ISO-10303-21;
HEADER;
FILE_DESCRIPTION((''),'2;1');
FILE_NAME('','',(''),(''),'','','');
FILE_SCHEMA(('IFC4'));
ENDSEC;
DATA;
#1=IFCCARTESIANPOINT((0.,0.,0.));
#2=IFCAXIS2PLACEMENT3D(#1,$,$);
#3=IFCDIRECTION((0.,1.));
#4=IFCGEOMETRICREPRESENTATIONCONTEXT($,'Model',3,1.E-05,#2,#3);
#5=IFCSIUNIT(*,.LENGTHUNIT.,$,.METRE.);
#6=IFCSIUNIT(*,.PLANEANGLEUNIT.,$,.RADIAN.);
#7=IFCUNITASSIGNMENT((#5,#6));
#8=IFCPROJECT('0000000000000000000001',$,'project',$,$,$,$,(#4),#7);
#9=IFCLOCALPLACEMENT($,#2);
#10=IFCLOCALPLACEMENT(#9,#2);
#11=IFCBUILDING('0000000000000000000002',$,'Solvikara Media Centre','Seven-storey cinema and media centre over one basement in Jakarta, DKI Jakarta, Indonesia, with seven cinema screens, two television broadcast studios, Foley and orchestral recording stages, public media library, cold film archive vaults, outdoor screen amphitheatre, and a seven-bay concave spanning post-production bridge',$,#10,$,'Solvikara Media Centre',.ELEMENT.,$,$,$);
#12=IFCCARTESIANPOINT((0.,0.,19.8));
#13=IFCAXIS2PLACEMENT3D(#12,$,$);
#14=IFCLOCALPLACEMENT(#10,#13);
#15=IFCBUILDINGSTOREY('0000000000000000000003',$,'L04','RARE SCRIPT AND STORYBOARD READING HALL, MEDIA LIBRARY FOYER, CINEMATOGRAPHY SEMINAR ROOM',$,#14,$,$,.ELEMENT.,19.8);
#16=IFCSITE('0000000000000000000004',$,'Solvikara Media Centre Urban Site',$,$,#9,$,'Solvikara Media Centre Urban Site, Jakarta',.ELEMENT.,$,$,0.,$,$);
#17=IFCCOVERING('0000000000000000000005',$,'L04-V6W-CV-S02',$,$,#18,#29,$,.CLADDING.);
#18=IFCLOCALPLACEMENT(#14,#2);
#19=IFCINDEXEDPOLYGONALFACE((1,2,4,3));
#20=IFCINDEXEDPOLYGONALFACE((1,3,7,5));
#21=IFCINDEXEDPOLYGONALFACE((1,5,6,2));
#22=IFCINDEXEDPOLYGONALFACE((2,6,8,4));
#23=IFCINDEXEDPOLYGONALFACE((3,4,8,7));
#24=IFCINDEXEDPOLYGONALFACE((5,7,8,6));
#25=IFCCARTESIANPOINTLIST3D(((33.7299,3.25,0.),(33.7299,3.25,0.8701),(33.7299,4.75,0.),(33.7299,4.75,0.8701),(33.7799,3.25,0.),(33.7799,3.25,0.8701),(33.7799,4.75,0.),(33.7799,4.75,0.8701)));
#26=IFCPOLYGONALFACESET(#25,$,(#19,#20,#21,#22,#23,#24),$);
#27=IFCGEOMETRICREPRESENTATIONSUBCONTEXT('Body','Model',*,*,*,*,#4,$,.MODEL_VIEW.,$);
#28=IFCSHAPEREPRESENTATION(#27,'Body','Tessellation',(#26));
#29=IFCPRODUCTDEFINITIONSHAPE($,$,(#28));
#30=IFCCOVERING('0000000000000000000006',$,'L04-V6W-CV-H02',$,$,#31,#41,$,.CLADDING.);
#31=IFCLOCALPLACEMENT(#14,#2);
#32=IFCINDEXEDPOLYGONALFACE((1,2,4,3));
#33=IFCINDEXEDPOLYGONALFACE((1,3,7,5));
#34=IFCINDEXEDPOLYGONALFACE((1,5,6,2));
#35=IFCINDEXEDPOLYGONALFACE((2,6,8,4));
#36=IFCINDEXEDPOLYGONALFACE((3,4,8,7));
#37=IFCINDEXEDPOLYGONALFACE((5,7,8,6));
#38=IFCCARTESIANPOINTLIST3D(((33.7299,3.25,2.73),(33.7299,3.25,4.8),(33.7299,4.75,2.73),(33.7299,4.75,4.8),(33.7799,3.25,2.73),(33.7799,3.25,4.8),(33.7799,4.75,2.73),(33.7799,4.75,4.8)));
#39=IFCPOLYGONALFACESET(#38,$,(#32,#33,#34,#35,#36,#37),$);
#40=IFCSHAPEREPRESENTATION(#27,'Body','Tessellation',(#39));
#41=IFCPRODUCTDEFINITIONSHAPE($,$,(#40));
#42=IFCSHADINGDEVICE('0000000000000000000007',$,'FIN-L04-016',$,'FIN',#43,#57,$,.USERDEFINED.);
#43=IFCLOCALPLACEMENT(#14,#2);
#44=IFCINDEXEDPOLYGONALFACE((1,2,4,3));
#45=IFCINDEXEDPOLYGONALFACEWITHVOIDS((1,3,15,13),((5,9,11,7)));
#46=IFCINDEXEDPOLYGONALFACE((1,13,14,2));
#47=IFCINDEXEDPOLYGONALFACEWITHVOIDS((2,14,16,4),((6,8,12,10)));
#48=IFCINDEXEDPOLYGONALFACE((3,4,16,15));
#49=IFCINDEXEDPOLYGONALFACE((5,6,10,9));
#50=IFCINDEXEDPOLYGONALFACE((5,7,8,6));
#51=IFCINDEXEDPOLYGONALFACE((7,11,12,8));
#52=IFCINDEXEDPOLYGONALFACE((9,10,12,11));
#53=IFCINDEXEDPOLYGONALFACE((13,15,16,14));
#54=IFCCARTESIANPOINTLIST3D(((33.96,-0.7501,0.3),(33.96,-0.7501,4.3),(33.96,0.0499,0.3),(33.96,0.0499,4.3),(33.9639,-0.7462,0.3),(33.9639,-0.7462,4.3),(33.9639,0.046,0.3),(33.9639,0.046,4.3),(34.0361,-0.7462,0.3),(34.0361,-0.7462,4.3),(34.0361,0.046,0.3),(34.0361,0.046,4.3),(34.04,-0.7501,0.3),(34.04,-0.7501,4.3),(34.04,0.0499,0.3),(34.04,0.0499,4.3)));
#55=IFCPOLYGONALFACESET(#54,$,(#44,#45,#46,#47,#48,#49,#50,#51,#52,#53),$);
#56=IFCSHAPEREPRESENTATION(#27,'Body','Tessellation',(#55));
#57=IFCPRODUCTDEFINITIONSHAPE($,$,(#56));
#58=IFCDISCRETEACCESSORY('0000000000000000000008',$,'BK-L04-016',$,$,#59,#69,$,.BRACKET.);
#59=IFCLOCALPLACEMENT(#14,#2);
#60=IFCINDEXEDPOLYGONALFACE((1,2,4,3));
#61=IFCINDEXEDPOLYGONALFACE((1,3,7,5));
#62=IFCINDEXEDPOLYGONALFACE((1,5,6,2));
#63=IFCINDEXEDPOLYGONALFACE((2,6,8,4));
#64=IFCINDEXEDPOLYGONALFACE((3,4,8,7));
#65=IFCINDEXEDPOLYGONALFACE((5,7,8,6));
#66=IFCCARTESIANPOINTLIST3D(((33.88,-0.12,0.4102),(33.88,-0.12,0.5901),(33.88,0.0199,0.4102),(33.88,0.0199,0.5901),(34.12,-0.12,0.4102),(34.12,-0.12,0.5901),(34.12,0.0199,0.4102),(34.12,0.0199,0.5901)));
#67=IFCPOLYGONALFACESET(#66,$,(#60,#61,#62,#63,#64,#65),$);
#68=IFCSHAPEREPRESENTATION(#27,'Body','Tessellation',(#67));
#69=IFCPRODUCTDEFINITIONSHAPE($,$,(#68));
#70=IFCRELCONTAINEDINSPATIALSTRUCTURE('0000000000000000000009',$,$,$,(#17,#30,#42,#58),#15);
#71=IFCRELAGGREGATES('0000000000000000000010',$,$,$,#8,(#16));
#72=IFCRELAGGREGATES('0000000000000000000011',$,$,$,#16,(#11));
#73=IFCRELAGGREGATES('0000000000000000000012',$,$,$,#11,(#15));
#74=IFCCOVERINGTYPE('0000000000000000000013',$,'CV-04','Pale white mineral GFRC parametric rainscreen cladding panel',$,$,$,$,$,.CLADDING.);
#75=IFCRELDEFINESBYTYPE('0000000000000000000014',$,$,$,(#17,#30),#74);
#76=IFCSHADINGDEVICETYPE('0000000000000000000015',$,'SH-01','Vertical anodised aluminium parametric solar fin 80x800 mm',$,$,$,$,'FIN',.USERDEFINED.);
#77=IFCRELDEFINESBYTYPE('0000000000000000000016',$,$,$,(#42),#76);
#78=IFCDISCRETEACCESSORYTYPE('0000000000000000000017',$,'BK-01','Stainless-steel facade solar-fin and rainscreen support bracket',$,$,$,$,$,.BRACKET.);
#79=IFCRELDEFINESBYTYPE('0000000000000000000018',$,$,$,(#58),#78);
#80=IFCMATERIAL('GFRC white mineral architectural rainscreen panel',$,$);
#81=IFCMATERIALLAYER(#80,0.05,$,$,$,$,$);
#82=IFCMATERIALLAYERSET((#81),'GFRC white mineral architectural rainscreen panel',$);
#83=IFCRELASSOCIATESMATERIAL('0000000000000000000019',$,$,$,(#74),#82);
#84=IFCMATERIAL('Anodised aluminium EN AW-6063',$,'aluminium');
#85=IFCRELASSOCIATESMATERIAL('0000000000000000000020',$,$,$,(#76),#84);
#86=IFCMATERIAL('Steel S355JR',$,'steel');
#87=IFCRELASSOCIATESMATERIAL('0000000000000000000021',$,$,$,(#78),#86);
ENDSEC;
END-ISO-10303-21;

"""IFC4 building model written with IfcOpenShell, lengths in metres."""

from ifc_helpers import new_model, si_unit, direction, frame, origin, origin_2d, place, context, subcontext, project, spatial, rectangle, hollow_rectangle, extrude, material, layer, layer_set, material_profile, profile_set, type_object, element, save


model = new_model("IFC4")

# Units and contexts
model_context = context("Model", 3, precision=1e-05, world=origin(), true_north=direction((0.0, 1.0)))
body_context = subcontext(model_context, "Body", "Model", "MODEL_VIEW")
ifc_project = project(units=[si_unit("LENGTHUNIT", "METRE"), si_unit("PLANEANGLEUNIT", "RADIAN")], contexts=[model_context])

# Site, building, storey
site_placement = place(None, origin())
site = spatial("IfcSite", under=ifc_project, at=site_placement, Name="Solvikara Media Centre Urban Site", LongName="Solvikara Media Centre Urban Site, Jakarta", CompositionType="ELEMENT", RefElevation=0.0)
building_placement = place(site_placement, origin())
building = spatial("IfcBuilding", under=site, at=building_placement, Name="Solvikara Media Centre", Description="Seven-storey cinema and media centre over one basement in Jakarta, DKI Jakarta, Indonesia, with seven cinema screens, two television broadcast studios, Foley and orchestral recording stages, public media library, cold film archive vaults, outdoor screen amphitheatre, and a seven-bay concave spanning post-production bridge", LongName="Solvikara Media Centre", CompositionType="ELEMENT")
storey_placement = place(building_placement, frame((0.0, 0.0, 19.8)))
storey = spatial("IfcBuildingStorey", under=building, at=storey_placement, Name="L04", Description="RARE SCRIPT AND STORYBOARD READING HALL, MEDIA LIBRARY FOYER, CINEMATOGRAPHY SEMINAR ROOM", CompositionType="ELEMENT", Elevation=19.8)

# Shared definitions
ifc_material_1 = material(Name="Steel S355JR", Category="steel")

# Shared definitions
ifc_material_2 = material(Name="Anodised aluminium EN AW-6063", Category="aluminium")

# Coverings
ifc_material_3 = material(Name="GFRC white mineral architectural rainscreen panel")
ifc_layer_1 = layer(ifc_material_3, 0.05)
ifc_layer_set_1 = layer_set([ifc_layer_1], Name="GFRC white mineral architectural rainscreen panel")
covering_type_1 = type_object("IfcCoveringType", Name="CV-04", Description="Pale white mineral GFRC parametric rainscreen cladding panel", PredefinedType="CLADDING", material=ifc_layer_set_1)
covering_1_placement = place(storey_placement, frame((33.7549, 4.0, 0.0), z_axis=(0.0, 0.0, 1.0), x_axis=(0.0, 1.0, 0.0)))
element("IfcCovering", 1, at=covering_1_placement, inside=storey, type_object=covering_type_1, Name="L04-V6W-CV-S02", PredefinedType="CLADDING", context=body_context, shape_type="SweptSolid", body=[
    extrude(rectangle(XDim=1.5, YDim=0.05, at=origin_2d()), origin(), (0.0, 0.0, 1.0), 0.8701),
])
covering_2_placement = place(storey_placement, frame((33.7549, 4.0, 2.73), z_axis=(0.0, 0.0, 1.0), x_axis=(0.0, 1.0, 0.0)))
element("IfcCovering", 2, at=covering_2_placement, inside=storey, type_object=covering_type_1, Name="L04-V6W-CV-H02", PredefinedType="CLADDING", context=body_context, shape_type="SweptSolid", body=[
    extrude(rectangle(XDim=1.5, YDim=0.05, at=origin_2d()), origin(), (0.0, 0.0, 1.0), 2.0701),
])

# Shading device
ifc_material_profile_1 = material_profile(ifc_material_2, hollow_rectangle(XDim=0.0801, YDim=0.8, WallThickness=0.0039, at=origin_2d()), Name="ALU-FIN 80x800x4")
ifc_profile_set_1 = profile_set([ifc_material_profile_1], Name="Anodised aluminium EN AW-6063")
shading_device_type = type_object("IfcShadingDeviceType", Name="SH-01", Description="Vertical anodised aluminium parametric solar fin 80x800 mm", ElementType="FIN", PredefinedType="USERDEFINED", material=ifc_profile_set_1)
shading_device_placement = place(storey_placement, frame((34.0, -0.3501, 0.3), z_axis=(0.0, 0.0, 1.0), x_axis=(1.0, 0.0, 0.0)))
element("IfcShadingDevice", 3, at=shading_device_placement, inside=storey, type_object=shading_device_type, Name="FIN-L04-016", ObjectType="FIN", PredefinedType="USERDEFINED", context=body_context, shape_type="SweptSolid", body=[
    extrude(hollow_rectangle(XDim=0.0801, YDim=0.8, WallThickness=0.0039, at=origin_2d()), origin(), (0.0, 0.0, 1.0), 4.0),
])

# Discrete accessory
discrete_accessory_type = type_object("IfcDiscreteAccessoryType", Name="BK-01", Description="Stainless-steel facade solar-fin and rainscreen support bracket", PredefinedType="BRACKET", material=ifc_material_1)
discrete_accessory_placement = place(storey_placement, frame((34.0, -0.05, 0.4102), z_axis=(0.0, 0.0, 1.0), x_axis=(1.0, 0.0, 0.0)))
element("IfcDiscreteAccessory", 4, at=discrete_accessory_placement, inside=storey, type_object=discrete_accessory_type, Name="BK-L04-016", PredefinedType="BRACKET", context=body_context, shape_type="SweptSolid", body=[
    extrude(rectangle(XDim=0.24, YDim=0.1399, at=origin_2d()), origin(), (0.0, 0.0, 1.0), 0.1799),
])

save(model, "model.ifc")
